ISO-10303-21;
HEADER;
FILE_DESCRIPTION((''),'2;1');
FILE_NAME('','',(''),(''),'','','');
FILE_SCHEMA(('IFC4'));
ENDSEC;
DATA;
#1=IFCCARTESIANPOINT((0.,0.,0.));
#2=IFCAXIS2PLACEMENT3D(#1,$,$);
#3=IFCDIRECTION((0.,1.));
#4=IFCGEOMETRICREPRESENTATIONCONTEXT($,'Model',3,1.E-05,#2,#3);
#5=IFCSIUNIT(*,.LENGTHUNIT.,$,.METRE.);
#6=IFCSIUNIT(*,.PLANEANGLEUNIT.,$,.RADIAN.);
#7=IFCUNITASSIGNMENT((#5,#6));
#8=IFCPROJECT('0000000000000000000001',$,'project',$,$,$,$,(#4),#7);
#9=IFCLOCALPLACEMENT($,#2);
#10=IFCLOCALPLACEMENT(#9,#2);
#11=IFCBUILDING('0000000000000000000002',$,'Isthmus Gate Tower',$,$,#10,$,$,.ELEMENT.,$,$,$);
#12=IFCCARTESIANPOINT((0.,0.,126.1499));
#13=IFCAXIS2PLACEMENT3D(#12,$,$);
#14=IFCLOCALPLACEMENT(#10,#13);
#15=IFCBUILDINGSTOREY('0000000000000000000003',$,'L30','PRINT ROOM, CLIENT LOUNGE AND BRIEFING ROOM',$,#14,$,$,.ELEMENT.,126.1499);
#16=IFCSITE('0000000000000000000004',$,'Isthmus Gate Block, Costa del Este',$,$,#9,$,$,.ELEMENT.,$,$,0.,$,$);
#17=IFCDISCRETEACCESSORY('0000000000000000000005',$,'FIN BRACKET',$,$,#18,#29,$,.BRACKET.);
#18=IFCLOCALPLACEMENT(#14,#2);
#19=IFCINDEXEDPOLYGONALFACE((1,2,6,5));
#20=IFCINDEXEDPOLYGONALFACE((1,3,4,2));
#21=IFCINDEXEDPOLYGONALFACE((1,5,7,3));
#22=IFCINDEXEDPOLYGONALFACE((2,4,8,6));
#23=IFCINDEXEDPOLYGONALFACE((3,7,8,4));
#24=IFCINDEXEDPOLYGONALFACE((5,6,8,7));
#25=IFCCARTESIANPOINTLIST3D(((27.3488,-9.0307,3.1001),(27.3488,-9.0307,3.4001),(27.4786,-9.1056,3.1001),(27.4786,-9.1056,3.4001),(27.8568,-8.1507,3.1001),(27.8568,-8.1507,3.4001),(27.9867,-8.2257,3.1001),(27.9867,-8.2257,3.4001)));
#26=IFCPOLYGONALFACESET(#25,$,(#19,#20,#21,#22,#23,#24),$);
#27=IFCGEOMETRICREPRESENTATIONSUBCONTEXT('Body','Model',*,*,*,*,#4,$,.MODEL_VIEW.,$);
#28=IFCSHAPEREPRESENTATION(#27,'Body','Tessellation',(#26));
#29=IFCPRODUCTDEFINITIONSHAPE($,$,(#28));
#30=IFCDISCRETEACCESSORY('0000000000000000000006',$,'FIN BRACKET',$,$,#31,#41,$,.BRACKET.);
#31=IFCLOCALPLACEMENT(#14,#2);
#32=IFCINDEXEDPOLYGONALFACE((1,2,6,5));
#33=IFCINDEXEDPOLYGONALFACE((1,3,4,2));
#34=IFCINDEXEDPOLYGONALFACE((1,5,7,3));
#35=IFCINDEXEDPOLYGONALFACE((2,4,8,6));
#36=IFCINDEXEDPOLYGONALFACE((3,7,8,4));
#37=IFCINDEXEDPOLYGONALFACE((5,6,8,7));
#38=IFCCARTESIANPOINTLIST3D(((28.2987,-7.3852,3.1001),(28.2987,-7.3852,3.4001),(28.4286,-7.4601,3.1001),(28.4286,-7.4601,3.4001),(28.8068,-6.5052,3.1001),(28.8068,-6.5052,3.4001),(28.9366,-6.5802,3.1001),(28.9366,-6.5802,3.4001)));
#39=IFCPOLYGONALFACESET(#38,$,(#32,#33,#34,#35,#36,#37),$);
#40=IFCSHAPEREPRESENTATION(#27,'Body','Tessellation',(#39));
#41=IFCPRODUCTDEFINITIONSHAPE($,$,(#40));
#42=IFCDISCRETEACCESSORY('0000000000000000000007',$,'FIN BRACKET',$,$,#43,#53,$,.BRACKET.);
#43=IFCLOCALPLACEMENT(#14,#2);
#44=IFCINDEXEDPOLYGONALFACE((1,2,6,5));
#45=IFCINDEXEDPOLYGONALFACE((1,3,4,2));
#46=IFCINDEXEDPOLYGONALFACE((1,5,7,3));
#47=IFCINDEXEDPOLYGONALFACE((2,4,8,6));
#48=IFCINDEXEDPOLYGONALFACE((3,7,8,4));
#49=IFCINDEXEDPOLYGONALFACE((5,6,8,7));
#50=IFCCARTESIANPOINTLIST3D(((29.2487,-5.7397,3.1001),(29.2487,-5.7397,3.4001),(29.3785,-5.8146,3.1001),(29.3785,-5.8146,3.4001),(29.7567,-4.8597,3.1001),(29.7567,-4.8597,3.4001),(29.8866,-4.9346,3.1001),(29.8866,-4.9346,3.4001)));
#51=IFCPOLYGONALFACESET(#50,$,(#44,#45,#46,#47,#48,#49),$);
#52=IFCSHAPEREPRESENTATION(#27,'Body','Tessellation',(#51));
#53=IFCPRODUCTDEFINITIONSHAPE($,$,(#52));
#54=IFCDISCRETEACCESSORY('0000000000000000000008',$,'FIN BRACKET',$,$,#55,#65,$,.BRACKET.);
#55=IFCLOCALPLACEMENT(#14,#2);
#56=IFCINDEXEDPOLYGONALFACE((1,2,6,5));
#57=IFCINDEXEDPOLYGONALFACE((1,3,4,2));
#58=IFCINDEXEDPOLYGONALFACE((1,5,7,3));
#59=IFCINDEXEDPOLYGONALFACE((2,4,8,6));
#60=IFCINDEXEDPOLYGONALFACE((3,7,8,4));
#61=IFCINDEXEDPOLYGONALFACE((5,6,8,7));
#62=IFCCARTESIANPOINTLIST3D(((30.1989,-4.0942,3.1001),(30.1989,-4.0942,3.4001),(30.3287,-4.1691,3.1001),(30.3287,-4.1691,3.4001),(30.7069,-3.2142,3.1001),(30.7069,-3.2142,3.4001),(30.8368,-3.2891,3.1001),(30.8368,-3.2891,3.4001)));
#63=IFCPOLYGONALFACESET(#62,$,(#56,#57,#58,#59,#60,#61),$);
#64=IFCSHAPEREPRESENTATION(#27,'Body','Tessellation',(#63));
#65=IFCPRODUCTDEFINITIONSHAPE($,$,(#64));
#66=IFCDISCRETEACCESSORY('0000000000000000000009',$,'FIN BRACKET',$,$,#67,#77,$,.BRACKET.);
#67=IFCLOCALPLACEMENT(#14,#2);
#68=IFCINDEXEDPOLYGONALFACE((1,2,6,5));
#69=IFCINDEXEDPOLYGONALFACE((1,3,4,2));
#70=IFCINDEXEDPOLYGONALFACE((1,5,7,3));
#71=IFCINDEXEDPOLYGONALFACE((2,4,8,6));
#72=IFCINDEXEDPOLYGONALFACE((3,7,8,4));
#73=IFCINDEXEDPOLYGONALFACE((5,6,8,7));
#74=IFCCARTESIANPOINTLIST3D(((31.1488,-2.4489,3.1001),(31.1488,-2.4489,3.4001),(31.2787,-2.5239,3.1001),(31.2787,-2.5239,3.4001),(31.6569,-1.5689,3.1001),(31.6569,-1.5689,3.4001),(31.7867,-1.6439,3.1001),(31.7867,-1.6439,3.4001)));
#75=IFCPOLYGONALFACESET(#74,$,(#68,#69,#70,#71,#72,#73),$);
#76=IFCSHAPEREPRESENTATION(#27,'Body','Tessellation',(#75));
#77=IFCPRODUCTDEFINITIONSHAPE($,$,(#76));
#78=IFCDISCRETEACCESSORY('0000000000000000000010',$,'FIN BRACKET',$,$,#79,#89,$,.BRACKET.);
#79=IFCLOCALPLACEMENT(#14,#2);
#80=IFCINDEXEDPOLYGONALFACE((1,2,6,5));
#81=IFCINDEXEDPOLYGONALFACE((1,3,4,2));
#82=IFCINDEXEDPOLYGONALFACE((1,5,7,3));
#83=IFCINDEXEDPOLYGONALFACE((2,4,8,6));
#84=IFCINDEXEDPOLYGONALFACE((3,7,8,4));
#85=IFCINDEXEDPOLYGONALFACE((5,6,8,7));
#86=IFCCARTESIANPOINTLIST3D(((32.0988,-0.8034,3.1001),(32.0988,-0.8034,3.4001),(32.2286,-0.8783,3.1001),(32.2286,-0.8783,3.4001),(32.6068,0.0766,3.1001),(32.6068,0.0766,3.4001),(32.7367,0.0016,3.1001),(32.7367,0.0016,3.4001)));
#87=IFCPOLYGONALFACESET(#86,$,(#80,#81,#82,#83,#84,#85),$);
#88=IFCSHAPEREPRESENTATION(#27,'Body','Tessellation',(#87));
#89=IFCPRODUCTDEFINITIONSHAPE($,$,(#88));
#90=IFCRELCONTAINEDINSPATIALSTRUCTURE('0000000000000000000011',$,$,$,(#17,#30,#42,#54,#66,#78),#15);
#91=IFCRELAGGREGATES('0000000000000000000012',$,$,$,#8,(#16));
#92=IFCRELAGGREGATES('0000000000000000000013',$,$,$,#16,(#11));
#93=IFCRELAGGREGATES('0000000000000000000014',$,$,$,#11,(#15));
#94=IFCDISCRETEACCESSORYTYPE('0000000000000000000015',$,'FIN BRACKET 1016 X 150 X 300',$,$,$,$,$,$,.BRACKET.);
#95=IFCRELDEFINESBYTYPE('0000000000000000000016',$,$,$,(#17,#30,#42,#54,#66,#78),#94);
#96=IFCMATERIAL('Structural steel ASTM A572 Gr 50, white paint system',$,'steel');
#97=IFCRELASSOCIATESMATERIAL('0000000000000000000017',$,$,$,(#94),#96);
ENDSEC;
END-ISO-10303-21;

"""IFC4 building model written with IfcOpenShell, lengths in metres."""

from ifc_helpers import new_model, si_unit, direction, frame, origin, origin_2d, place, context, subcontext, project, spatial, rectangle, extrude, material, type_object, element, save


model = new_model("IFC4")

# Units and contexts
model_context = context("Model", 3, precision=1e-05, world=origin(), true_north=direction((0.0, 1.0)))
body_context = subcontext(model_context, "Body", "Model", "MODEL_VIEW")
ifc_project = project(units=[si_unit("LENGTHUNIT", "METRE"), si_unit("PLANEANGLEUNIT", "RADIAN")], contexts=[model_context])

# Site, building, storey
site_placement = place(None, origin())
site = spatial("IfcSite", under=ifc_project, at=site_placement, Name="Isthmus Gate Block, Costa del Este", CompositionType="ELEMENT", RefElevation=0.0)
building_placement = place(site_placement, origin())
building = spatial("IfcBuilding", under=site, at=building_placement, Name="Isthmus Gate Tower", CompositionType="ELEMENT")
storey_placement = place(building_placement, frame((0.0, 0.0, 126.1499)))
storey = spatial("IfcBuildingStorey", under=building, at=storey_placement, Name="L30", Description="PRINT ROOM, CLIENT LOUNGE AND BRIEFING ROOM", CompositionType="ELEMENT", Elevation=126.1499)

# Discrete accessories
ifc_material_1 = material(Name="Structural steel ASTM A572 Gr 50, white paint system", Category="steel")
discrete_accessory_type = type_object("IfcDiscreteAccessoryType", Name="FIN BRACKET 1016 X 150 X 300", PredefinedType="BRACKET", material=ifc_material_1)
for number, where, z_axis, x_axis, name in (
    (1, (27.6677, -8.6282, 3.1001), (0.0, 0.0, 1.0), (0.866025, -0.5, 0.0), "FIN BRACKET"),
    (2, (28.6177, -6.9827, 3.1001), (0.0, 0.0, 1.0), (0.866025, -0.5, 0.0), "FIN BRACKET"),
    (3, (29.5676, -5.3372, 3.1001), (0.0, 0.0, 1.0), (0.866025, -0.5, 0.0), "FIN BRACKET"),
    (4, (30.5178, -3.6917, 3.1001), (0.0, 0.0, 1.0), (0.866025, -0.5, 0.0), "FIN BRACKET"),
    (5, (31.4678, -2.0464, 3.1001), (0.0, 0.0, 1.0), (0.866025, -0.5, 0.0), "FIN BRACKET"),
    (6, (32.4177, -0.4009, 3.1001), (0.0, 0.0, 1.0), (0.866025, -0.5, 0.0), "FIN BRACKET"),
):
    element("IfcDiscreteAccessory", number, at=place(storey_placement, frame(where, z_axis=z_axis, x_axis=x_axis)), inside=storey, type_object=discrete_accessory_type, Name=name, PredefinedType="BRACKET", context=body_context, shape_type="SweptSolid", body=[
        extrude(rectangle(XDim=0.1499, YDim=1.0161, at=origin_2d()), origin(), (0.0, 0.0, 1.0), 0.3),
    ])

save(model, "model.ifc")
